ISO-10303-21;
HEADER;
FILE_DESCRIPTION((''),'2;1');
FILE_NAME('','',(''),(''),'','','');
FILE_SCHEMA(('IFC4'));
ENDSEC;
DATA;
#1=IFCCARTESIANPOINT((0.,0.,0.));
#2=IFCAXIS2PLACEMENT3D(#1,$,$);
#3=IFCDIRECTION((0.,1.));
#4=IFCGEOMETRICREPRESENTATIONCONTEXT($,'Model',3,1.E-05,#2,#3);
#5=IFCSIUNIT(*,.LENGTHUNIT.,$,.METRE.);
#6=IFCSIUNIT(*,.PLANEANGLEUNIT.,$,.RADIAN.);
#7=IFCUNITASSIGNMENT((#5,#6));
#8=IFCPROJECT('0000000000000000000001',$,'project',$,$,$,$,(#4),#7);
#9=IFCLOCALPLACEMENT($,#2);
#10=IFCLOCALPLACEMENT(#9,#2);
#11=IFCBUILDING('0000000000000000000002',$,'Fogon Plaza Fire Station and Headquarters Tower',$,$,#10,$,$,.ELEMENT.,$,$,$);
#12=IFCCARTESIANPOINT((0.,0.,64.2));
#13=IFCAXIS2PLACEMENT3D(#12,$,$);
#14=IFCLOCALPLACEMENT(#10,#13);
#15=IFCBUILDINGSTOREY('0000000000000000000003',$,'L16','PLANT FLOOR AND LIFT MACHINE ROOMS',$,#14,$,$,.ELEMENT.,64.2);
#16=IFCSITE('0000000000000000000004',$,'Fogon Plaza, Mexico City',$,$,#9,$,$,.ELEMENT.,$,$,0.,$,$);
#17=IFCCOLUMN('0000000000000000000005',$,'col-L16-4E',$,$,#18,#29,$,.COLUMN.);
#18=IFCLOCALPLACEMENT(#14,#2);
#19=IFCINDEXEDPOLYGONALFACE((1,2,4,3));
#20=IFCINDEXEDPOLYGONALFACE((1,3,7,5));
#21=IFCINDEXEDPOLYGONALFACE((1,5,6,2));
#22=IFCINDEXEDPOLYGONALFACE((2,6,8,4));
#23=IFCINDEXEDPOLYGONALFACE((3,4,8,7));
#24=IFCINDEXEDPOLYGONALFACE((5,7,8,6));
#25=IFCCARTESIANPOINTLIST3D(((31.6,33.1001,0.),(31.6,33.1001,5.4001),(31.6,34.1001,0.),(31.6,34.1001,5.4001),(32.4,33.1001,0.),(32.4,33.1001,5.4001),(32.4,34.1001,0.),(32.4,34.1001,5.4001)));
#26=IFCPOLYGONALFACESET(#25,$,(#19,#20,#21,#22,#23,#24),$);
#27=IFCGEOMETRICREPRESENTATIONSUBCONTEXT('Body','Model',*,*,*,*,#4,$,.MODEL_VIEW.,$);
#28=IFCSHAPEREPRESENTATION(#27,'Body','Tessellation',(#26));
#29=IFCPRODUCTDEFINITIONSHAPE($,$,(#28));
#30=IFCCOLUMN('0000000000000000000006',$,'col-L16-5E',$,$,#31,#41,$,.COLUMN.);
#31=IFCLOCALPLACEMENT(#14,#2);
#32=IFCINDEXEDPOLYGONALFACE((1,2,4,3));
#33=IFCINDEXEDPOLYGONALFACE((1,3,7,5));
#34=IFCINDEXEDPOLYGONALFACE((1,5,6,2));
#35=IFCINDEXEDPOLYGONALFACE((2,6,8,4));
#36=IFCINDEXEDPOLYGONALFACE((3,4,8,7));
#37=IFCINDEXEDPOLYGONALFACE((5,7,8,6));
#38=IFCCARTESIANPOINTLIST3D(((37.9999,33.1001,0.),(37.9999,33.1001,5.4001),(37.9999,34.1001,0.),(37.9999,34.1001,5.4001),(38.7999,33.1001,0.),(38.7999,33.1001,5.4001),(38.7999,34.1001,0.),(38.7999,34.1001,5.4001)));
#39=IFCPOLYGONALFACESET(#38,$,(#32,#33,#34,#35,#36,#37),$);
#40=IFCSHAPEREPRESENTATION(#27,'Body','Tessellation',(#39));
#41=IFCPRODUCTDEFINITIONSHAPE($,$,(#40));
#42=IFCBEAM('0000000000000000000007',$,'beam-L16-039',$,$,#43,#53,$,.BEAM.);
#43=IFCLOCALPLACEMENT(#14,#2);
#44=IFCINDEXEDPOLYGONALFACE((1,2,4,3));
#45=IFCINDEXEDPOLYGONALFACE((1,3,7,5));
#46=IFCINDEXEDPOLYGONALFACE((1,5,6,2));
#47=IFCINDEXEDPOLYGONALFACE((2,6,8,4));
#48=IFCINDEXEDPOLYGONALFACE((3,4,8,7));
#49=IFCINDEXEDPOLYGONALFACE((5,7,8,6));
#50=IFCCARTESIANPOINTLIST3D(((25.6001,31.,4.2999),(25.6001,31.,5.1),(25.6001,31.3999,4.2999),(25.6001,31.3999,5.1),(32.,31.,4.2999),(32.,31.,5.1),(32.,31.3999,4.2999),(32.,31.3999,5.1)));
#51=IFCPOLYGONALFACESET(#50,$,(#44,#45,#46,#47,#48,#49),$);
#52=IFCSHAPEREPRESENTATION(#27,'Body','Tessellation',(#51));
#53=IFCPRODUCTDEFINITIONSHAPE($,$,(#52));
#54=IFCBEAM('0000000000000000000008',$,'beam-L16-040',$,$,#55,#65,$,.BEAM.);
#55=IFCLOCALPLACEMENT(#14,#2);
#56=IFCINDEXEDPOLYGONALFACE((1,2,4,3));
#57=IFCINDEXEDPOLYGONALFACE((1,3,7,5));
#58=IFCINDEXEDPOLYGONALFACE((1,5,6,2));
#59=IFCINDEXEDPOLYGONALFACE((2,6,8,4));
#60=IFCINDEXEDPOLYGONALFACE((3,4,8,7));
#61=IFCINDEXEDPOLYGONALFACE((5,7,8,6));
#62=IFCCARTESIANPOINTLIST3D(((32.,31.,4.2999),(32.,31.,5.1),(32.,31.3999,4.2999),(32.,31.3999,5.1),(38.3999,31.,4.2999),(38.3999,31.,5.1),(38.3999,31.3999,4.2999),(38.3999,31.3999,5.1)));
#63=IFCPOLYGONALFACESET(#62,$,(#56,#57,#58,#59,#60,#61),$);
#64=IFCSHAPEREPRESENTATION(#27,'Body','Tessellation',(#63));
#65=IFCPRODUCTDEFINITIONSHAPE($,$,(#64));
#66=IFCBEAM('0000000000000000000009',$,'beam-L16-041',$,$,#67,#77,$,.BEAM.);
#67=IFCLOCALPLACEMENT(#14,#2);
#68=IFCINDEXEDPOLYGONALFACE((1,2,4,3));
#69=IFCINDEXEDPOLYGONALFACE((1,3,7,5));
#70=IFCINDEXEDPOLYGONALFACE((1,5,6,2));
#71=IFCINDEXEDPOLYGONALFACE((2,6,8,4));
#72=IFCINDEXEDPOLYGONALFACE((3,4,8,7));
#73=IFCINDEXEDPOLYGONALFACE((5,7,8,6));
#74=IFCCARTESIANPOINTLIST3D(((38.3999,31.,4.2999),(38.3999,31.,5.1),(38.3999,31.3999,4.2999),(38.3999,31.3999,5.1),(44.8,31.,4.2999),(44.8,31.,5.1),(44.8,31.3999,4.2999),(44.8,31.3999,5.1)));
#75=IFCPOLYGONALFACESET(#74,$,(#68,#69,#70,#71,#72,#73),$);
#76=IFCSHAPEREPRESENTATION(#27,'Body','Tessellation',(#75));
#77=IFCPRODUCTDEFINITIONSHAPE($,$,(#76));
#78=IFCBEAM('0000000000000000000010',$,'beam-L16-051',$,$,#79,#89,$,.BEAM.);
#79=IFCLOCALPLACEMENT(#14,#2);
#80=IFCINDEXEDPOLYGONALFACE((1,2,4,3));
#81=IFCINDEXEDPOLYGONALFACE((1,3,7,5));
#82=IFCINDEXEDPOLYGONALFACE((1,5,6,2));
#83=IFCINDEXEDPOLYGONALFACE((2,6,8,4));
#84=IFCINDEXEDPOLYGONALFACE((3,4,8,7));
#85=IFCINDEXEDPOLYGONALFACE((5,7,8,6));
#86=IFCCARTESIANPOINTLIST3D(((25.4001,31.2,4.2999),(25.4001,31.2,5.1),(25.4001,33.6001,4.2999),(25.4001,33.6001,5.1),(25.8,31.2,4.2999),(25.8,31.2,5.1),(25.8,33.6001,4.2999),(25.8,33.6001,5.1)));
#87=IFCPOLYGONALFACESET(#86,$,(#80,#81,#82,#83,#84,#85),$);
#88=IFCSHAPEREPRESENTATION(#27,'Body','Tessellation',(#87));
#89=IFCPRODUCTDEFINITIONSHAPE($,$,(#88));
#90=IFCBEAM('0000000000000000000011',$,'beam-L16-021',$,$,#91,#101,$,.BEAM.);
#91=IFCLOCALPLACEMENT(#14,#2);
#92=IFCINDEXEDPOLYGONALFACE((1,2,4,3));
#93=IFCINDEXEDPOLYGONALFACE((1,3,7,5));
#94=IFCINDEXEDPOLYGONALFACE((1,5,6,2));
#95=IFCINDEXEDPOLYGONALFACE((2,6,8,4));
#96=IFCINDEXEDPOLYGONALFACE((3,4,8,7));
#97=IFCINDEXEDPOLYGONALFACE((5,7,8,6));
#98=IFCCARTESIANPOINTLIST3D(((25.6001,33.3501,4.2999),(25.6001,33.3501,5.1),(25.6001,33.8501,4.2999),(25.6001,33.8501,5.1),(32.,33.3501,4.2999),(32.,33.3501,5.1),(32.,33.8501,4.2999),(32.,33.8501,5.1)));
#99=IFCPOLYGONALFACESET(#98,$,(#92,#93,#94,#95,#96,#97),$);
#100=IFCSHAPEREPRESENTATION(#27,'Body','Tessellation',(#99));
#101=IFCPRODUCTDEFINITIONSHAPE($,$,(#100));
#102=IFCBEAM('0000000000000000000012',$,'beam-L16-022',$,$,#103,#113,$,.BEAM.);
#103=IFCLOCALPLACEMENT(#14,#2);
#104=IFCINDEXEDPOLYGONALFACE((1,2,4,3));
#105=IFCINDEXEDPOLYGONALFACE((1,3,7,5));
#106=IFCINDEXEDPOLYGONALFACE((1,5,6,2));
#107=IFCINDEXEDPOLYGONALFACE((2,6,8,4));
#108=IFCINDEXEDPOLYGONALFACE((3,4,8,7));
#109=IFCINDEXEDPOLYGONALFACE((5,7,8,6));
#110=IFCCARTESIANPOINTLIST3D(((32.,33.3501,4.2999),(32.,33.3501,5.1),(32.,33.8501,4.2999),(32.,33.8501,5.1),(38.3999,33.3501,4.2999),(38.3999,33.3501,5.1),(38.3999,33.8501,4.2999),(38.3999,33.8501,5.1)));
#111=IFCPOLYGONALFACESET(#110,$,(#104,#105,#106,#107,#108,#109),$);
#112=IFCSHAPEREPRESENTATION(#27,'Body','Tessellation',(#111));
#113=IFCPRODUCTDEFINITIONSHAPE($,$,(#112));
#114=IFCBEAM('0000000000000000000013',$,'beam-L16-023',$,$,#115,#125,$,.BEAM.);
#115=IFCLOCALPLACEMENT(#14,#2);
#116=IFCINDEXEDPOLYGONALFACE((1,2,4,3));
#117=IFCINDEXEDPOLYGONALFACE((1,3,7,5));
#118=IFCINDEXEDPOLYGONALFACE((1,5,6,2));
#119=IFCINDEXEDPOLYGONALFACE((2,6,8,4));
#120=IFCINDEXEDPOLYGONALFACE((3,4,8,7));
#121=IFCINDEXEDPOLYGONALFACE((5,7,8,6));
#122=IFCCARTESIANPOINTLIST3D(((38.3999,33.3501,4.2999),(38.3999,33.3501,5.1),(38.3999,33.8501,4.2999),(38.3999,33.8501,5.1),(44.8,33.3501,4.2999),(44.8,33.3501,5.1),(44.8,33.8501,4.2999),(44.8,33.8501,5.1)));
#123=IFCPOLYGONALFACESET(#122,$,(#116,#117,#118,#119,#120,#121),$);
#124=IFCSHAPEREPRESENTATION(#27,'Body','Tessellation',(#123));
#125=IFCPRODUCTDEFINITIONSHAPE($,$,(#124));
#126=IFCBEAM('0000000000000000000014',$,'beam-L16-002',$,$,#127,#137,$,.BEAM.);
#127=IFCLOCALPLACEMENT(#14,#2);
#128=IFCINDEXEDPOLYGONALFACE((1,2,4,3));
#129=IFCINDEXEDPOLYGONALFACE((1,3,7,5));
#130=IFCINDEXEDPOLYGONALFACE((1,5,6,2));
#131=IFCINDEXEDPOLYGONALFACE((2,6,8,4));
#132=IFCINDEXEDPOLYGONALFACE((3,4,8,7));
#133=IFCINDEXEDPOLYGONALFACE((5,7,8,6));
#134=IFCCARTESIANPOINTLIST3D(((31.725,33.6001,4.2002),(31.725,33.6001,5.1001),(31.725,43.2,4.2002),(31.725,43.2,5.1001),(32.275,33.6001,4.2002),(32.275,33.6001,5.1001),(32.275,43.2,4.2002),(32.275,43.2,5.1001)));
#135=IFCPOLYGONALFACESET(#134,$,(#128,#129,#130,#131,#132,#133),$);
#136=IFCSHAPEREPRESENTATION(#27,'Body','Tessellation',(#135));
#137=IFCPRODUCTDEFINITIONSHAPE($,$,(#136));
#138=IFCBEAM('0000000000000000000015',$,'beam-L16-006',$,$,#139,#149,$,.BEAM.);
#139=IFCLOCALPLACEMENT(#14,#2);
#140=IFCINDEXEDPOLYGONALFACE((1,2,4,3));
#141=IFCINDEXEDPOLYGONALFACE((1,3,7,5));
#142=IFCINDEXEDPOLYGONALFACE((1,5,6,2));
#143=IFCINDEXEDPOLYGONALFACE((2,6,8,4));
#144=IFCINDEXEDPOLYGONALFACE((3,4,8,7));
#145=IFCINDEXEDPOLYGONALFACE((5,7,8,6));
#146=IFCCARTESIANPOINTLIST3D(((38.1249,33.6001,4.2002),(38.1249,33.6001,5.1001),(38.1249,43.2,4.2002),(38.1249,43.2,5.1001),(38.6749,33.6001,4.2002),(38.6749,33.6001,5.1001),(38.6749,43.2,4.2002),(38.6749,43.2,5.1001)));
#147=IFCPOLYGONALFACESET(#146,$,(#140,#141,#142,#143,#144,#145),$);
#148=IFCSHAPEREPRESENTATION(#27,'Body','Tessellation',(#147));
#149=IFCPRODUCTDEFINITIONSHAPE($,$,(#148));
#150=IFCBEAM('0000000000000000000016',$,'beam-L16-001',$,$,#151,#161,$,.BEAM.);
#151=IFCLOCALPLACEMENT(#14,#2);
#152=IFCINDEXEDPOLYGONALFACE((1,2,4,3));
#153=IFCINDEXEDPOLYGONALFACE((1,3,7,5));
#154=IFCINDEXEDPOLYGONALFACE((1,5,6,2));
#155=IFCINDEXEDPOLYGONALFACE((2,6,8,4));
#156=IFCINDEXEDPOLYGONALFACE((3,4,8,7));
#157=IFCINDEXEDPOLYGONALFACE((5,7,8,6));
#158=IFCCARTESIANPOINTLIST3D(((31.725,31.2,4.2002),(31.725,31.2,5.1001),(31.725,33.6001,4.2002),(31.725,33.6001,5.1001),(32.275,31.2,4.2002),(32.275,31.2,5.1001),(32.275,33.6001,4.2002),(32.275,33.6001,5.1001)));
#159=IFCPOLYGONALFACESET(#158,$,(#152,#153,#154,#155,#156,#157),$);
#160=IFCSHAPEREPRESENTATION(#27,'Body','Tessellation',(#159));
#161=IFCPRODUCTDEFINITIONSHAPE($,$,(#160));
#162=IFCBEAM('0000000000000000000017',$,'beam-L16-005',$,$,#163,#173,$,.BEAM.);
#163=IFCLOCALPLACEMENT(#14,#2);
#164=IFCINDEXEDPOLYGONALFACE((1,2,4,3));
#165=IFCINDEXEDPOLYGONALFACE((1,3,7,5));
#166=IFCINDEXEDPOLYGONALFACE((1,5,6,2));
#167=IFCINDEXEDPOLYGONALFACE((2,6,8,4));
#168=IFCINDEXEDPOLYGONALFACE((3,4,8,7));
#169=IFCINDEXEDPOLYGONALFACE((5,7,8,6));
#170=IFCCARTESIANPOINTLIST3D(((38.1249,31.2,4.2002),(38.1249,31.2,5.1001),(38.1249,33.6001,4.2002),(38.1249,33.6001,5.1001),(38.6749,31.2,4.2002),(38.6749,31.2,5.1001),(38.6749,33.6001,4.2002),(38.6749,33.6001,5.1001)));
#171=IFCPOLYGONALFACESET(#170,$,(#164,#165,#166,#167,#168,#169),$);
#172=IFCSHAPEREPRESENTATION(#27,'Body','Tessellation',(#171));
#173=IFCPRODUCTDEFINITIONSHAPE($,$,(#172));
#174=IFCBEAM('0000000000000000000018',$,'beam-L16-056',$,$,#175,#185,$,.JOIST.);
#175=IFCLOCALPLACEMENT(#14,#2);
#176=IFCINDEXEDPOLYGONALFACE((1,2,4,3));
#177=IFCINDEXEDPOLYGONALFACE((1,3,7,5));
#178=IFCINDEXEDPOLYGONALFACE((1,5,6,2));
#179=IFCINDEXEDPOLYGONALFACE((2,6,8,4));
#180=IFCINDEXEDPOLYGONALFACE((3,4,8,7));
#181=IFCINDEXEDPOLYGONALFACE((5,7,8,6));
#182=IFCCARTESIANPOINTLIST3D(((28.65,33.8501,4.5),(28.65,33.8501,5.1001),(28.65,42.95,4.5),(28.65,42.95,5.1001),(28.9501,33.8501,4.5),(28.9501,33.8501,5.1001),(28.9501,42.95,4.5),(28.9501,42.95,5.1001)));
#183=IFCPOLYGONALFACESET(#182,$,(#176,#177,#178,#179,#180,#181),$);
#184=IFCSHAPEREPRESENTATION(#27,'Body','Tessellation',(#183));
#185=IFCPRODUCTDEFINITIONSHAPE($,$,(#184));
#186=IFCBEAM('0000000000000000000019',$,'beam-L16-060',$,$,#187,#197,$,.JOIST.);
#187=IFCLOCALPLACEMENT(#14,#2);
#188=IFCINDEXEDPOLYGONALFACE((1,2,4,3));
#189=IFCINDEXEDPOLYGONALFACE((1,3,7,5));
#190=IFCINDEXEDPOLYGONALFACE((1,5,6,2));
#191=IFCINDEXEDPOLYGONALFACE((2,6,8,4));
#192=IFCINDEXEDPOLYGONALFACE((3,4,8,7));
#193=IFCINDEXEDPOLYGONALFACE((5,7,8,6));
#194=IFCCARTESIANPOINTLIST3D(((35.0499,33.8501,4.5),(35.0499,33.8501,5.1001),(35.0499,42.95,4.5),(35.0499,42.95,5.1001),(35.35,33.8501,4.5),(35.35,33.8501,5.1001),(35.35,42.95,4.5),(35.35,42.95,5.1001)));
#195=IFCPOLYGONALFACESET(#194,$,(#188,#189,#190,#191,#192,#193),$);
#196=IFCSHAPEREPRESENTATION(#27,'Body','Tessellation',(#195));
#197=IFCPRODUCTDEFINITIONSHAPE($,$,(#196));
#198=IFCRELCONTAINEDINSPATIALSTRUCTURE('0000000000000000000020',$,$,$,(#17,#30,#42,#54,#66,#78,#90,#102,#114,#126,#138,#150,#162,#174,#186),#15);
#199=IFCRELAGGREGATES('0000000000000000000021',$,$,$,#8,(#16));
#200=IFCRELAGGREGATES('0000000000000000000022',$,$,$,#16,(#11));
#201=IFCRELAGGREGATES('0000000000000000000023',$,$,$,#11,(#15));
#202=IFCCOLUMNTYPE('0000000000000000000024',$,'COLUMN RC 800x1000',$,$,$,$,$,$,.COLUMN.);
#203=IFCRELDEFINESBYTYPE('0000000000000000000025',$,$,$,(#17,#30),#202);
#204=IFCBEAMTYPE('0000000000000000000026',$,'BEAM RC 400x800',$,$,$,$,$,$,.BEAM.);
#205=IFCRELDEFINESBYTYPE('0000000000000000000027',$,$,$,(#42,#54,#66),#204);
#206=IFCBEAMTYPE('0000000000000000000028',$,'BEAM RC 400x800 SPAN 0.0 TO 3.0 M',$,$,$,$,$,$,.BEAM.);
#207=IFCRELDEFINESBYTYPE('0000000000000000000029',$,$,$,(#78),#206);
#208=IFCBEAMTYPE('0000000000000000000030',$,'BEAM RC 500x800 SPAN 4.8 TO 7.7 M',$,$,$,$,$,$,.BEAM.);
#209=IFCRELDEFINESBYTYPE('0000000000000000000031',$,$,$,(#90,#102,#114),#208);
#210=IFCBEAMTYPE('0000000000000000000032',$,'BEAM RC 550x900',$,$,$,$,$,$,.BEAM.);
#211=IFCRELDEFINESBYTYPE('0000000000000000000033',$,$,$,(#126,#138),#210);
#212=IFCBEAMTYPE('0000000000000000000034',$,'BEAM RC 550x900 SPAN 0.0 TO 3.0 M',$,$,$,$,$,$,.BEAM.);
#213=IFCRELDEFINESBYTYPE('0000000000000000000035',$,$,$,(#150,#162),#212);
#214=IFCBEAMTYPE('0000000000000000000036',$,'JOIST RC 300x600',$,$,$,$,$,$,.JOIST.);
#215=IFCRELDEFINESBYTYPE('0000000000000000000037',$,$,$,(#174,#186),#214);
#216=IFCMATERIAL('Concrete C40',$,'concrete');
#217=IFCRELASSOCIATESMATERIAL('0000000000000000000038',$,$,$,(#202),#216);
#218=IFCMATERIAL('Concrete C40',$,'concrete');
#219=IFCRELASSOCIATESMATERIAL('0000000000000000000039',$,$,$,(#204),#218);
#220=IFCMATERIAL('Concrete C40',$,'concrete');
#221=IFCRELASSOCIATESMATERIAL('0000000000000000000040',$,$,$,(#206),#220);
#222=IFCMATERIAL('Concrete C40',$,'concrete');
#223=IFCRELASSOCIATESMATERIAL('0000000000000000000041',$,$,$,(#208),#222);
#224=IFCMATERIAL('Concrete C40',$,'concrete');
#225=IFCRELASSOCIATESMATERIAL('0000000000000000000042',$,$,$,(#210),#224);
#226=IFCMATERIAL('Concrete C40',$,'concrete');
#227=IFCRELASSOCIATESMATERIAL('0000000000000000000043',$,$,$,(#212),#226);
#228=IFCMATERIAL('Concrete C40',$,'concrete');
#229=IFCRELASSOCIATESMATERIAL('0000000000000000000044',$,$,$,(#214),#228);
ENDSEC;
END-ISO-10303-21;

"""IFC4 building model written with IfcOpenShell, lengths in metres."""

from ifc_helpers import new_model, si_unit, direction, frame, origin, origin_2d, place, context, subcontext, project, spatial, rectangle, extrude, material, material_profile, profile_set, type_object, element, save


model = new_model("IFC4")

# Units and contexts
model_context = context("Model", 3, precision=1e-05, world=origin(), true_north=direction((0.0, 1.0)))
body_context = subcontext(model_context, "Body", "Model", "MODEL_VIEW")
ifc_project = project(units=[si_unit("LENGTHUNIT", "METRE"), si_unit("PLANEANGLEUNIT", "RADIAN")], contexts=[model_context])

# Site, building, storey
site_placement = place(None, origin())
site = spatial("IfcSite", under=ifc_project, at=site_placement, Name="Fogon Plaza, Mexico City", CompositionType="ELEMENT", RefElevation=0.0)
building_placement = place(site_placement, origin())
building = spatial("IfcBuilding", under=site, at=building_placement, Name="Fogon Plaza Fire Station and Headquarters Tower", CompositionType="ELEMENT")
storey_placement = place(building_placement, frame((0.0, 0.0, 64.2)))
storey = spatial("IfcBuildingStorey", under=building, at=storey_placement, Name="L16", Description="PLANT FLOOR AND LIFT MACHINE ROOMS", CompositionType="ELEMENT", Elevation=64.2)

# Columns
ifc_material_1 = material(Name="Concrete C40", Category="concrete")
ifc_material_profile_1 = material_profile(ifc_material_1, rectangle(XDim=0.8, YDim=1.0, at=origin_2d()), Name="RC 800x1000")
ifc_profile_set_1 = profile_set([ifc_material_profile_1], Name="Concrete C40")
column_type = type_object("IfcColumnType", Name="COLUMN RC 800x1000", PredefinedType="COLUMN", material=ifc_profile_set_1)
for number, where, z_axis, x_axis, name in (
    (1, (32.0, 33.6001, 0.0), (0.0, 0.0, 1.0), (1.0, 0.0, 0.0), "col-L16-4E"),
    (2, (38.3999, 33.6001, 0.0), (0.0, 0.0, 1.0), (1.0, 0.0, 0.0), "col-L16-5E"),
):
    element("IfcColumn", number, at=place(storey_placement, frame(where, z_axis=z_axis, x_axis=x_axis)), inside=storey, type_object=column_type, Name=name, PredefinedType="COLUMN", context=body_context, shape_type="SweptSolid", body=[
        extrude(rectangle(XDim=0.8, YDim=1.0, at=origin_2d()), origin(), (0.0, 0.0, 1.0), 5.4001),
    ])

# Beams
ifc_material_2 = material(Name="Concrete C40", Category="concrete")
ifc_material_profile_2 = material_profile(ifc_material_2, rectangle(XDim=0.3999, YDim=0.8, at=origin_2d()), Name="RC 400x800")
ifc_profile_set_2 = profile_set([ifc_material_profile_2], Name="Concrete C40")
beam_type_1 = type_object("IfcBeamType", Name="BEAM RC 400x800", PredefinedType="BEAM", material=ifc_profile_set_2)
for number, where, z_axis, x_axis, name in (
    (3, (25.6001, 31.2, 4.7), (1.0, 0.0, 0.0), (0.0, 1.0, 0.0), "beam-L16-039"),
    (4, (32.0, 31.2, 4.7), (1.0, 0.0, 0.0), (0.0, 1.0, 0.0), "beam-L16-040"),
):
    element("IfcBeam", number, at=place(storey_placement, frame(where, z_axis=z_axis, x_axis=x_axis)), inside=storey, type_object=beam_type_1, Name=name, PredefinedType="BEAM", context=body_context, shape_type="SweptSolid", body=[
        extrude(rectangle(XDim=0.3999, YDim=0.8, at=origin_2d()), origin(), (0.0, 0.0, 1.0), 6.3999),
    ])
beam_1_placement = place(storey_placement, frame((38.3999, 31.2, 4.7), z_axis=(1.0, 0.0, 0.0), x_axis=(0.0, 1.0, 0.0)))
element("IfcBeam", 5, at=beam_1_placement, inside=storey, type_object=beam_type_1, Name="beam-L16-041", PredefinedType="BEAM", context=body_context, shape_type="SweptSolid", body=[
    extrude(rectangle(XDim=0.3999, YDim=0.8, at=origin_2d()), origin(), (0.0, 0.0, 1.0), 6.4001),
])
ifc_material_3 = material(Name="Concrete C40", Category="concrete")
ifc_material_profile_3 = material_profile(ifc_material_3, rectangle(XDim=0.3999, YDim=0.8, at=origin_2d()), Name="RC 400x800")
ifc_profile_set_3 = profile_set([ifc_material_profile_3], Name="Concrete C40")
beam_type_2 = type_object("IfcBeamType", Name="BEAM RC 400x800 SPAN 0.0 TO 3.0 M", PredefinedType="BEAM", material=ifc_profile_set_3)
beam_2_placement = place(storey_placement, frame((25.6001, 31.2, 4.7), z_axis=(0.0, 1.0, 0.0), x_axis=(-1.0, 0.0, 0.0)))
element("IfcBeam", 6, at=beam_2_placement, inside=storey, type_object=beam_type_2, Name="beam-L16-051", PredefinedType="BEAM", context=body_context, shape_type="SweptSolid", body=[
    extrude(rectangle(XDim=0.3999, YDim=0.8, at=origin_2d()), origin(), (0.0, 0.0, 1.0), 2.4001),
])
ifc_material_4 = material(Name="Concrete C40", Category="concrete")
ifc_material_profile_4 = material_profile(ifc_material_4, rectangle(XDim=0.5, YDim=0.8, at=origin_2d()), Name="RC 500x800")
ifc_profile_set_4 = profile_set([ifc_material_profile_4], Name="Concrete C40")
beam_type_3 = type_object("IfcBeamType", Name="BEAM RC 500x800 SPAN 4.8 TO 7.7 M", PredefinedType="BEAM", material=ifc_profile_set_4)
for number, where, z_axis, x_axis, name in (
    (7, (25.6001, 33.6001, 4.7), (1.0, 0.0, 0.0), (0.0, 1.0, 0.0), "beam-L16-021"),
    (8, (32.0, 33.6001, 4.7), (1.0, 0.0, 0.0), (0.0, 1.0, 0.0), "beam-L16-022"),
):
    element("IfcBeam", number, at=place(storey_placement, frame(where, z_axis=z_axis, x_axis=x_axis)), inside=storey, type_object=beam_type_3, Name=name, PredefinedType="BEAM", context=body_context, shape_type="SweptSolid", body=[
        extrude(rectangle(XDim=0.5, YDim=0.8, at=origin_2d()), origin(), (0.0, 0.0, 1.0), 6.3999),
    ])
beam_3_placement = place(storey_placement, frame((38.3999, 33.6001, 4.7), z_axis=(1.0, 0.0, 0.0), x_axis=(0.0, 1.0, 0.0)))
element("IfcBeam", 9, at=beam_3_placement, inside=storey, type_object=beam_type_3, Name="beam-L16-023", PredefinedType="BEAM", context=body_context, shape_type="SweptSolid", body=[
    extrude(rectangle(XDim=0.5, YDim=0.8, at=origin_2d()), origin(), (0.0, 0.0, 1.0), 6.4001),
])
ifc_material_5 = material(Name="Concrete C40", Category="concrete")
ifc_material_profile_5 = material_profile(ifc_material_5, rectangle(XDim=0.55, YDim=0.8999, at=origin_2d()), Name="RC 550x900")
ifc_profile_set_5 = profile_set([ifc_material_profile_5], Name="Concrete C40")
beam_type_4 = type_object("IfcBeamType", Name="BEAM RC 550x900", PredefinedType="BEAM", material=ifc_profile_set_5)
for number, where, z_axis, x_axis, name in (
    (10, (32.0, 33.6001, 4.6501), (0.0, 1.0, 0.0), (-1.0, 0.0, 0.0), "beam-L16-002"),
    (11, (38.3999, 33.6001, 4.6501), (0.0, 1.0, 0.0), (-1.0, 0.0, 0.0), "beam-L16-006"),
):
    element("IfcBeam", number, at=place(storey_placement, frame(where, z_axis=z_axis, x_axis=x_axis)), inside=storey, type_object=beam_type_4, Name=name, PredefinedType="BEAM", context=body_context, shape_type="SweptSolid", body=[
        extrude(rectangle(XDim=0.55, YDim=0.8999, at=origin_2d()), origin(), (0.0, 0.0, 1.0), 9.5999),
    ])
ifc_material_6 = material(Name="Concrete C40", Category="concrete")
ifc_material_profile_6 = material_profile(ifc_material_6, rectangle(XDim=0.55, YDim=0.8999, at=origin_2d()), Name="RC 550x900")
ifc_profile_set_6 = profile_set([ifc_material_profile_6], Name="Concrete C40")
beam_type_5 = type_object("IfcBeamType", Name="BEAM RC 550x900 SPAN 0.0 TO 3.0 M", PredefinedType="BEAM", material=ifc_profile_set_6)
for number, where, z_axis, x_axis, name in (
    (12, (32.0, 31.2, 4.6501), (0.0, 1.0, 0.0), (-1.0, 0.0, 0.0), "beam-L16-001"),
    (13, (38.3999, 31.2, 4.6501), (0.0, 1.0, 0.0), (-1.0, 0.0, 0.0), "beam-L16-005"),
):
    element("IfcBeam", number, at=place(storey_placement, frame(where, z_axis=z_axis, x_axis=x_axis)), inside=storey, type_object=beam_type_5, Name=name, PredefinedType="BEAM", context=body_context, shape_type="SweptSolid", body=[
        extrude(rectangle(XDim=0.55, YDim=0.8999, at=origin_2d()), origin(), (0.0, 0.0, 1.0), 2.4001),
    ])
ifc_material_7 = material(Name="Concrete C40", Category="concrete")
ifc_material_profile_7 = material_profile(ifc_material_7, rectangle(XDim=0.3, YDim=0.6001, at=origin_2d()), Name="RC 300x600")
ifc_profile_set_7 = profile_set([ifc_material_profile_7], Name="Concrete C40")
beam_type_6 = type_object("IfcBeamType", Name="JOIST RC 300x600", PredefinedType="JOIST", material=ifc_profile_set_7)
for number, where, z_axis, x_axis, name in (
    (14, (28.8, 33.8501, 4.8), (0.0, 1.0, 0.0), (-1.0, 0.0, 0.0), "beam-L16-056"),
    (15, (35.2, 33.8501, 4.8), (0.0, 1.0, 0.0), (-1.0, 0.0, 0.0), "beam-L16-060"),
):
    element("IfcBeam", number, at=place(storey_placement, frame(where, z_axis=z_axis, x_axis=x_axis)), inside=storey, type_object=beam_type_6, Name=name, PredefinedType="JOIST", context=body_context, shape_type="SweptSolid", body=[
        extrude(rectangle(XDim=0.3, YDim=0.6001, at=origin_2d()), origin(), (0.0, 0.0, 1.0), 9.0999),
    ])

save(model, "model.ifc")
